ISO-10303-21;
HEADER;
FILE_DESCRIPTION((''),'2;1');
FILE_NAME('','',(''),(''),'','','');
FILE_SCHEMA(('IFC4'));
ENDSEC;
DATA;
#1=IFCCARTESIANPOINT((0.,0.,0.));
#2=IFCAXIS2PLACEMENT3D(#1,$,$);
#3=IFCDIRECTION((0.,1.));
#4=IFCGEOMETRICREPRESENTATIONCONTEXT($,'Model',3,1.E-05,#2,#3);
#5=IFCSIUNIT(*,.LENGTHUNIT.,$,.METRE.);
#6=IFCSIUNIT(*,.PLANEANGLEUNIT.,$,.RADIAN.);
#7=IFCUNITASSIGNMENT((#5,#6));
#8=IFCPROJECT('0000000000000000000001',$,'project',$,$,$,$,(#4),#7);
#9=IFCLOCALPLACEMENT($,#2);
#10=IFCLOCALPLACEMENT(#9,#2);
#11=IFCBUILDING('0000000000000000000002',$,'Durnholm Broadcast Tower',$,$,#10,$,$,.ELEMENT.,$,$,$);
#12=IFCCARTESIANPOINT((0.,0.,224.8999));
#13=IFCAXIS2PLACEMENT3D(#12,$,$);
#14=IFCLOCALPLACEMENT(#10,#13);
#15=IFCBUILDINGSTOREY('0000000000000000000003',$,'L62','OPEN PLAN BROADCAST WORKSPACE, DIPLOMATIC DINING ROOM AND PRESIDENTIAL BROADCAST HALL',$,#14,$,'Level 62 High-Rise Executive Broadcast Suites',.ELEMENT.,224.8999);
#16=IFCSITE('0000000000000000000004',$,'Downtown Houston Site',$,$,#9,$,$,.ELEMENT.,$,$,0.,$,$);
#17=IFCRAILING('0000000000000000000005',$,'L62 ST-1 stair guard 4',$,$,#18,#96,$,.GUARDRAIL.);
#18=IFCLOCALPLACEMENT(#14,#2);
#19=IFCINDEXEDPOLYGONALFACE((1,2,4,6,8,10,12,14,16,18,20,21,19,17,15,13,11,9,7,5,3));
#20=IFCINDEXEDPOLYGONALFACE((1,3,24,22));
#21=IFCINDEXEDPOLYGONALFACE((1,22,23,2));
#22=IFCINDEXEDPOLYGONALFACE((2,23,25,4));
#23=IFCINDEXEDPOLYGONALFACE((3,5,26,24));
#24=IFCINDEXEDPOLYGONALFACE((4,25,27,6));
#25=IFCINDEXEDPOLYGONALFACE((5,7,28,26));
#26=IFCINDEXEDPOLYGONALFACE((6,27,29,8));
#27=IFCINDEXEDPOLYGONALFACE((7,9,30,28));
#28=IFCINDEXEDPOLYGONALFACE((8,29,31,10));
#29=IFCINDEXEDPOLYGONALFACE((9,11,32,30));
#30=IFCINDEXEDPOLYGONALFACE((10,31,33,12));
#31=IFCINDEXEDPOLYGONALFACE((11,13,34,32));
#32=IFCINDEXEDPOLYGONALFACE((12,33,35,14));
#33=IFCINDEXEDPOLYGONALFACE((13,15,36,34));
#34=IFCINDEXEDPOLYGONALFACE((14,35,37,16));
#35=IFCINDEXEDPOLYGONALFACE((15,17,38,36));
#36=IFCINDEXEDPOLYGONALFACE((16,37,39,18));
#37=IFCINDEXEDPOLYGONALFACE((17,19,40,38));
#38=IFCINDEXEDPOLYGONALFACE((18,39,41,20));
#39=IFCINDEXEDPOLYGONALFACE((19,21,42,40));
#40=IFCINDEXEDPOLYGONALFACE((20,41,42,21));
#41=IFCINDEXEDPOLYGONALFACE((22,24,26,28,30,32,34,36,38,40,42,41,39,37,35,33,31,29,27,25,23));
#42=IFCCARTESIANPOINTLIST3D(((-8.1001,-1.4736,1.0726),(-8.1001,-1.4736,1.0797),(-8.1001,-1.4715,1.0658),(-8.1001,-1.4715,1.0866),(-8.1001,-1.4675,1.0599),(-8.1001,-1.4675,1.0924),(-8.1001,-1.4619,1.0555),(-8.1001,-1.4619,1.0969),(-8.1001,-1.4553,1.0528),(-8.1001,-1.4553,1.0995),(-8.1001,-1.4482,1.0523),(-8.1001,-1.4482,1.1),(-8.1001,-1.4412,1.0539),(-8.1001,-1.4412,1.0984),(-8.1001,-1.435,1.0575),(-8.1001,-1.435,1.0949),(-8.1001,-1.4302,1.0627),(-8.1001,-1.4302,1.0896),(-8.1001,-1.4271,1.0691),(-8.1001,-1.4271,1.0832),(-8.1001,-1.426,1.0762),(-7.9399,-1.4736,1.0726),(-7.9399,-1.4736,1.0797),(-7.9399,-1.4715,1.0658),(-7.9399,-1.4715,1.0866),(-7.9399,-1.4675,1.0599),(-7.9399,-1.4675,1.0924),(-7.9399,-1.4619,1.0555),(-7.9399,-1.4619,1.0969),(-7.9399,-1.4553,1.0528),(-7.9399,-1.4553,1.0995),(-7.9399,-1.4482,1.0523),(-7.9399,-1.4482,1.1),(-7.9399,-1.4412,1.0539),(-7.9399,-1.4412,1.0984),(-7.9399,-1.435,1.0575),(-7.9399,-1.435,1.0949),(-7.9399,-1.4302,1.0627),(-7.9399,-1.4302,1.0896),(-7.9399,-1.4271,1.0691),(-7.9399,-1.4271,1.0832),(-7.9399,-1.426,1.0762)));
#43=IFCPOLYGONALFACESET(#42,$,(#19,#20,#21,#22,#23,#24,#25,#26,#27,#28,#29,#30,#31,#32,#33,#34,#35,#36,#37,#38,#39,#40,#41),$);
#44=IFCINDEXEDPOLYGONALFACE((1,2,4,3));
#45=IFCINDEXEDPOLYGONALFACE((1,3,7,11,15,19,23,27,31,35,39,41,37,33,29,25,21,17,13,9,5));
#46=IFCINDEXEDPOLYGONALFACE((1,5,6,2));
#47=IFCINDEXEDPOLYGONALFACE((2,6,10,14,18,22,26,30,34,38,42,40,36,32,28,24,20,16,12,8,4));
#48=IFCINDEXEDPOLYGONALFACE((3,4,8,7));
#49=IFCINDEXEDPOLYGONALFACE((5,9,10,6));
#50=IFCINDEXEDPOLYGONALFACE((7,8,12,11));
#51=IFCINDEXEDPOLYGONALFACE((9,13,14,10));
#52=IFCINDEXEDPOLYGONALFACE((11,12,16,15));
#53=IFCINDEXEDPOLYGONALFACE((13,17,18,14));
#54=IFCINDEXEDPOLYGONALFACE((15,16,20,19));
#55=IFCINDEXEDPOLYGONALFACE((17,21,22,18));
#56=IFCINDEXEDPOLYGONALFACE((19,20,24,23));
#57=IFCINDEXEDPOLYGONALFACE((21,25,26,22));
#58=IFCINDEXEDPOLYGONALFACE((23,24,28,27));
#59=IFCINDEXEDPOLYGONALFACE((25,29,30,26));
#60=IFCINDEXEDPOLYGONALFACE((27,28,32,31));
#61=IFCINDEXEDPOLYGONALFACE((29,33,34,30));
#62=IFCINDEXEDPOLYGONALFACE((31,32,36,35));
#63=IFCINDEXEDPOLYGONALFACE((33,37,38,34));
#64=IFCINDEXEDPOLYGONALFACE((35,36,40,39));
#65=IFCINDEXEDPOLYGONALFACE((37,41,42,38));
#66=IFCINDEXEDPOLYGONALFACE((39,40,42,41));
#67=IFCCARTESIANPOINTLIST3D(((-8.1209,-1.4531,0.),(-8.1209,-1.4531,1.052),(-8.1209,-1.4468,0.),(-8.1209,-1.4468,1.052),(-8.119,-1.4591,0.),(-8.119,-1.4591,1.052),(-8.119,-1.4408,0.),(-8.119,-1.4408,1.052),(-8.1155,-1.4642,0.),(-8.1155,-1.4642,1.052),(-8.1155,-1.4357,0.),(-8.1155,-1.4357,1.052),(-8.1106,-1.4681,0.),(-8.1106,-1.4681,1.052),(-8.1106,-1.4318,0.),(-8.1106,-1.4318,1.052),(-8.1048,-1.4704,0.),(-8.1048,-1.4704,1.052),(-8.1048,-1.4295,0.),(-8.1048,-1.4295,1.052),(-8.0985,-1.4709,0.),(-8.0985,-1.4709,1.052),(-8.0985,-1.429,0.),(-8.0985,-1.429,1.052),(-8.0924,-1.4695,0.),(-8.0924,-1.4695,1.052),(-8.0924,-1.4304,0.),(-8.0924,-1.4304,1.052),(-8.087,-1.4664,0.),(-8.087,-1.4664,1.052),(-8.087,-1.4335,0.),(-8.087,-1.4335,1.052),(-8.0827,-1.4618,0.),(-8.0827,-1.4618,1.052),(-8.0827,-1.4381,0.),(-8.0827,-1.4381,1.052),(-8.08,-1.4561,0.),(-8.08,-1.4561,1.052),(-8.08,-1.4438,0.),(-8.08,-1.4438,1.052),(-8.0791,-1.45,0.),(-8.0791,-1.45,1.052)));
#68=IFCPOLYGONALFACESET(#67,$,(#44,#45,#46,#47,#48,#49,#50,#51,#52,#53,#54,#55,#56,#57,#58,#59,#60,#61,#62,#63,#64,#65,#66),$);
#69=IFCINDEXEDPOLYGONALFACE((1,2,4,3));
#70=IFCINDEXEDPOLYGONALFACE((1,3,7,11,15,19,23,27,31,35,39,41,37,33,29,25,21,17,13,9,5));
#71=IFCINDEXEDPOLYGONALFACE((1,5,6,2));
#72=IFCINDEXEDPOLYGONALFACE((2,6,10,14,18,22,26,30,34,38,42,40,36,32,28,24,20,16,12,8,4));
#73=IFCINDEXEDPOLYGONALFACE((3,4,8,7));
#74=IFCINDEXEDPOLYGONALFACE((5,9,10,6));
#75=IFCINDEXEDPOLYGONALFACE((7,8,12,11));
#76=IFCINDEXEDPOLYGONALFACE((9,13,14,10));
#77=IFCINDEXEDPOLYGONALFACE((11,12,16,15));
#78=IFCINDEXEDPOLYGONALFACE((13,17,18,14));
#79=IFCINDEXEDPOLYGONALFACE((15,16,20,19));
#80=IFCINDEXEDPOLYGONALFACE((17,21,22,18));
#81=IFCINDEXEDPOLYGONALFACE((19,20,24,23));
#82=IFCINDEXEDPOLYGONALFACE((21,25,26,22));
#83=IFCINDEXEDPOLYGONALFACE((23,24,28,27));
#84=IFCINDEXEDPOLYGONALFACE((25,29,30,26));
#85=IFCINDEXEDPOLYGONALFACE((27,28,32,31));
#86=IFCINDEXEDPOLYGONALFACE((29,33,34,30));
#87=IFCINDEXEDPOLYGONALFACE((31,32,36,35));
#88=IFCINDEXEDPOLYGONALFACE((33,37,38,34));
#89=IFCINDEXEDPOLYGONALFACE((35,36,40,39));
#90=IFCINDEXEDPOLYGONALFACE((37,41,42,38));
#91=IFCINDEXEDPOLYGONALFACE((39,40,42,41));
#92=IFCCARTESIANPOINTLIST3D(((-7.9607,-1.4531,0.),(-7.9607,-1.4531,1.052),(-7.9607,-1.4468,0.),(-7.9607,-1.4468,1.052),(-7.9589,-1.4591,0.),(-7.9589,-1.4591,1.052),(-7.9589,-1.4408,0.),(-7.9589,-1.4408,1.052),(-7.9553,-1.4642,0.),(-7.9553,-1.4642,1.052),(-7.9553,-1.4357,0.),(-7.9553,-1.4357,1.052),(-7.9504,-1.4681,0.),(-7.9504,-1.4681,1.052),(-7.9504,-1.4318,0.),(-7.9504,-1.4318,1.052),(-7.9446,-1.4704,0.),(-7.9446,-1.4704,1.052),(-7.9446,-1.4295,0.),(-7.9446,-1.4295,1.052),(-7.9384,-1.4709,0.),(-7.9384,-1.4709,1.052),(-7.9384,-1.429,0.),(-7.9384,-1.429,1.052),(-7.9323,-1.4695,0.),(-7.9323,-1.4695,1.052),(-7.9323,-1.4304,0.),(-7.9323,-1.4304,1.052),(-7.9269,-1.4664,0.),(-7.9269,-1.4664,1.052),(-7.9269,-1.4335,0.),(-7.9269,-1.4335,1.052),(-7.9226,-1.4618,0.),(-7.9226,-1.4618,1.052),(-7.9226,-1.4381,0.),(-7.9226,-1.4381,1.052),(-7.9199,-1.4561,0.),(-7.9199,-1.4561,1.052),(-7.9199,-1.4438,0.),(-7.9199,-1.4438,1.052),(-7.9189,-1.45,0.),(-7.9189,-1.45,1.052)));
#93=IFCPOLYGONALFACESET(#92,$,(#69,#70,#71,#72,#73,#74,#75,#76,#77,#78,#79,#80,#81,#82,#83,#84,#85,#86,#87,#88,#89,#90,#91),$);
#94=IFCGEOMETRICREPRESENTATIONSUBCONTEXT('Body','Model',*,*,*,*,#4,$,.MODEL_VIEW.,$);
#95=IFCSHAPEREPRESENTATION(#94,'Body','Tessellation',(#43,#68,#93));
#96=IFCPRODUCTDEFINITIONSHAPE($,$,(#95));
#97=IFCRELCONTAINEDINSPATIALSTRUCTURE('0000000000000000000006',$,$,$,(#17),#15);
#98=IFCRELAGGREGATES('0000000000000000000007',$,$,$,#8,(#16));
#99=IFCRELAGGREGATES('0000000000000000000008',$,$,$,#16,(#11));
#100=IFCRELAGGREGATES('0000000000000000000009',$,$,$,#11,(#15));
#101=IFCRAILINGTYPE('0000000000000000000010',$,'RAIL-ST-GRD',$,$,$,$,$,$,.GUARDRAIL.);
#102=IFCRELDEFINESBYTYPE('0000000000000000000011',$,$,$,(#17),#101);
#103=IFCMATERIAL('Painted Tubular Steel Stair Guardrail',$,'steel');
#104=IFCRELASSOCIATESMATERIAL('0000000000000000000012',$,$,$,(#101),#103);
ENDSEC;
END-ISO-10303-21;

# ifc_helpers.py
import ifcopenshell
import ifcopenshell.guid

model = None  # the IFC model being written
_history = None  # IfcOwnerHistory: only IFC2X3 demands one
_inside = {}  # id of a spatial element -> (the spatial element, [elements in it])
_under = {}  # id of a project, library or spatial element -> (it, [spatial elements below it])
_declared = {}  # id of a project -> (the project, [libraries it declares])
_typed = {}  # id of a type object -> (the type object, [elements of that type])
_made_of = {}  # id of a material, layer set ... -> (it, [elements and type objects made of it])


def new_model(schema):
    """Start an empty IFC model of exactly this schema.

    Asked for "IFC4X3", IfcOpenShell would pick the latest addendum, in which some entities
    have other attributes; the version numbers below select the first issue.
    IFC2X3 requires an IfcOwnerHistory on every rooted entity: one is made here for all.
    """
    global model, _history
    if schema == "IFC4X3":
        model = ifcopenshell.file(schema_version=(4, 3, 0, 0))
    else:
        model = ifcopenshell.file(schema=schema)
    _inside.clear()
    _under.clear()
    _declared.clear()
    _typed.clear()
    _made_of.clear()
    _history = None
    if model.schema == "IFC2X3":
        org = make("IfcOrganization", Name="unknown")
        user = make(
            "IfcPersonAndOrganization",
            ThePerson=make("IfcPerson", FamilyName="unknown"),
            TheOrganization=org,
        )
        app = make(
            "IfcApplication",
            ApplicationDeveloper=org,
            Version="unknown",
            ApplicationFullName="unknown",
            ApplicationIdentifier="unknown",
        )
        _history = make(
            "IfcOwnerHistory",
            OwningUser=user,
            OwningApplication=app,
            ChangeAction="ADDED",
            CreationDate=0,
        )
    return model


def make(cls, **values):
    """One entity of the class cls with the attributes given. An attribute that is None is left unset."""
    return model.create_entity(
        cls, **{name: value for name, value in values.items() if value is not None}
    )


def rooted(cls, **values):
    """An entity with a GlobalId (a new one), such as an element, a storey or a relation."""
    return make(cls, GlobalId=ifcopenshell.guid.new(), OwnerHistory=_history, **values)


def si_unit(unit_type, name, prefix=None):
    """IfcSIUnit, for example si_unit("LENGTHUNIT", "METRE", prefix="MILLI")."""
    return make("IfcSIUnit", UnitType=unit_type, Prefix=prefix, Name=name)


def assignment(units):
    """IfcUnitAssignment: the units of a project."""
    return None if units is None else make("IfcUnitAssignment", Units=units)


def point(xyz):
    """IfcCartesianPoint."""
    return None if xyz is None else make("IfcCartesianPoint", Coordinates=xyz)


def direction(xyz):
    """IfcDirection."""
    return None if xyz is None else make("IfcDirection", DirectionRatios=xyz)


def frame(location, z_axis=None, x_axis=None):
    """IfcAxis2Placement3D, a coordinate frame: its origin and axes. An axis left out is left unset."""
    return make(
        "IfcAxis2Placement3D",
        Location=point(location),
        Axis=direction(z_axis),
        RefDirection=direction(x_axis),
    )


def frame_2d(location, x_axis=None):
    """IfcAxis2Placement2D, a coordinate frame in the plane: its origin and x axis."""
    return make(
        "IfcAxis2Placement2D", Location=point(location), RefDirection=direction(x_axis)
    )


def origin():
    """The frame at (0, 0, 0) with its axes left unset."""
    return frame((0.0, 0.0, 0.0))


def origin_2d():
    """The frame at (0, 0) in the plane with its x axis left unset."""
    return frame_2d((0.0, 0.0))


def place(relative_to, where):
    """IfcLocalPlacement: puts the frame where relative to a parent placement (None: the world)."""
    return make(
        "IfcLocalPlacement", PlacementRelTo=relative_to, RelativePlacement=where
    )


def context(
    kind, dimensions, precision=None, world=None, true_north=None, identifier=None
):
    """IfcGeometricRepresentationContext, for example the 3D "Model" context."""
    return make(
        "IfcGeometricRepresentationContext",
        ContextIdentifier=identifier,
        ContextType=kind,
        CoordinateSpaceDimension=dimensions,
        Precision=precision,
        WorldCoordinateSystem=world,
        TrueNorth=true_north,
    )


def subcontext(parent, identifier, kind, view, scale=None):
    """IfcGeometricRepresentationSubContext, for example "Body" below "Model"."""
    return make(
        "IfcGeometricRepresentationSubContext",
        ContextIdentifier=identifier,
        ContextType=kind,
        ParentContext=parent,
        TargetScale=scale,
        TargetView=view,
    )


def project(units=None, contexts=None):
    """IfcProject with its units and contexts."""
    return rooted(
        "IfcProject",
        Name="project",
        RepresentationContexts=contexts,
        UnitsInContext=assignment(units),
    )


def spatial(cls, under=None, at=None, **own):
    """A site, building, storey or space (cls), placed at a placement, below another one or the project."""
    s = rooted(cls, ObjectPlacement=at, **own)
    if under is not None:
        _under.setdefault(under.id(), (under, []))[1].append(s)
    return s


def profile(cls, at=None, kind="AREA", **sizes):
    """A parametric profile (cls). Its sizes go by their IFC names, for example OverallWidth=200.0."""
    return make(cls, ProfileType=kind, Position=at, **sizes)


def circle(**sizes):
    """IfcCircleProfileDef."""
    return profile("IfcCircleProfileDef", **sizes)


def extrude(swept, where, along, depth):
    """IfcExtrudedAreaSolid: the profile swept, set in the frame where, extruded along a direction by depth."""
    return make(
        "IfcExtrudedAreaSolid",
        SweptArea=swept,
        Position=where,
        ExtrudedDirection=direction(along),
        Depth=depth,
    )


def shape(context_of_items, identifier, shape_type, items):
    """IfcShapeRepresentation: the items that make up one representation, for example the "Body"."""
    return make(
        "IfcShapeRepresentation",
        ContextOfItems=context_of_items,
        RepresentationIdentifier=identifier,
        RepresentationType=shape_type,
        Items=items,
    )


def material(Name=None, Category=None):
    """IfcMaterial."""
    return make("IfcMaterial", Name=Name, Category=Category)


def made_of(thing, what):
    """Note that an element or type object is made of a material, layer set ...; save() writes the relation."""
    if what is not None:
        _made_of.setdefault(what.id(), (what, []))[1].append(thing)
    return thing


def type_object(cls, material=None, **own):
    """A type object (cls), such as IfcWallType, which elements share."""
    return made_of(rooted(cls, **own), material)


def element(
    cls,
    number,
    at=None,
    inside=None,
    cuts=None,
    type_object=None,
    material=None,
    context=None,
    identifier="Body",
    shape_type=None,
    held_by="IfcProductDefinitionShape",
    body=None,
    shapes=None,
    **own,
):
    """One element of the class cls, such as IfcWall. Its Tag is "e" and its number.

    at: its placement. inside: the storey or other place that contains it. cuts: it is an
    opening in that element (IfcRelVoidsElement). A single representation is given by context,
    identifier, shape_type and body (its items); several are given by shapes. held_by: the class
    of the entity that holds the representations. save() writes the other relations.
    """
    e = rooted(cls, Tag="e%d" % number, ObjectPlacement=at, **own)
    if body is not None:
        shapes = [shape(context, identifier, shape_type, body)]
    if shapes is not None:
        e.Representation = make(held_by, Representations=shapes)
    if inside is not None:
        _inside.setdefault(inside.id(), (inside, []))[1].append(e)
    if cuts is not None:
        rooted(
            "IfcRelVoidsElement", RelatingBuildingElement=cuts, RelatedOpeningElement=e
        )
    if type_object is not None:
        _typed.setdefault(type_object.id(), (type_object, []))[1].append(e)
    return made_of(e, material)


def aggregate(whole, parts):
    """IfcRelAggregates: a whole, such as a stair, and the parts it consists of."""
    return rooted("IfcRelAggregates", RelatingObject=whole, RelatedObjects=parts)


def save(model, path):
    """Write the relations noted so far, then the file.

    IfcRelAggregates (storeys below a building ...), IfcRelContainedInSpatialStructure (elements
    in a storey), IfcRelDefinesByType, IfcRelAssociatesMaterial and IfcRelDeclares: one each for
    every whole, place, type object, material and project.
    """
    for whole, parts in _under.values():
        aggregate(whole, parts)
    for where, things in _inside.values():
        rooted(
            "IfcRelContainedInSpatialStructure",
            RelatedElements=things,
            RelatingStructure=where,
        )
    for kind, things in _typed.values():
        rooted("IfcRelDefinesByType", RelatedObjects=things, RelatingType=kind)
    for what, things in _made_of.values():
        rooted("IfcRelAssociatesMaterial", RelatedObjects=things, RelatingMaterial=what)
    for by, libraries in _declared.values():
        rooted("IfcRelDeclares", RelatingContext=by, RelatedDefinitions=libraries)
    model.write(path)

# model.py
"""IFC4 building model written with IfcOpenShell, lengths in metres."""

from ifc_helpers import new_model, si_unit, direction, frame, origin, origin_2d, place, context, subcontext, project, spatial, circle, extrude, material, type_object, element, save


model = new_model("IFC4")

# Units and contexts
model_context = context("Model", 3, precision=1e-05, world=origin(), true_north=direction((0.0, 1.0)))
body_context = subcontext(model_context, "Body", "Model", "MODEL_VIEW")
ifc_project = project(units=[si_unit("LENGTHUNIT", "METRE"), si_unit("PLANEANGLEUNIT", "RADIAN")], contexts=[model_context])

# Site, building, storey
site_placement = place(None, origin())
site = spatial("IfcSite", under=ifc_project, at=site_placement, Name="Downtown Houston Site", CompositionType="ELEMENT", RefElevation=0.0)
building_placement = place(site_placement, origin())
building = spatial("IfcBuilding", under=site, at=building_placement, Name="Durnholm Broadcast Tower", CompositionType="ELEMENT")
storey_placement = place(building_placement, frame((0.0, 0.0, 224.8999)))
storey = spatial("IfcBuildingStorey", under=building, at=storey_placement, Name="L62", Description="OPEN PLAN BROADCAST WORKSPACE, DIPLOMATIC DINING ROOM AND PRESIDENTIAL BROADCAST HALL", LongName="Level 62 High-Rise Executive Broadcast Suites", CompositionType="ELEMENT", Elevation=224.8999)

# Railing
ifc_material_1 = material(Name="Painted Tubular Steel Stair Guardrail", Category="steel")
railing_type_1 = type_object("IfcRailingType", Name="RAIL-ST-GRD", PredefinedType="GUARDRAIL", material=ifc_material_1)
railing_1_placement = place(storey_placement, frame((-8.1001, -1.45, 0.0)))
element("IfcRailing", 1, at=railing_1_placement, inside=storey, type_object=railing_type_1, Name="L62 ST-1 stair guard 4", PredefinedType="GUARDRAIL", context=body_context, shape_type="SweptSolid", body=[
    extrude(circle(Radius=0.0239, at=origin_2d()), frame((0.0, 0.0, 1.0762), z_axis=(1.0, 0.0, 0.0), x_axis=(0.0, 1.0, 0.0)), (0.0, 0.0, 1.0), 0.1602),
    extrude(circle(Radius=0.021, at=origin_2d()), origin(), (0.0, 0.0, 1.0), 1.052),
    extrude(circle(Radius=0.021, at=origin_2d()), frame((0.1602, 0.0, 0.0)), (0.0, 0.0, 1.0), 1.052),
])

save(model, "model.ifc")
